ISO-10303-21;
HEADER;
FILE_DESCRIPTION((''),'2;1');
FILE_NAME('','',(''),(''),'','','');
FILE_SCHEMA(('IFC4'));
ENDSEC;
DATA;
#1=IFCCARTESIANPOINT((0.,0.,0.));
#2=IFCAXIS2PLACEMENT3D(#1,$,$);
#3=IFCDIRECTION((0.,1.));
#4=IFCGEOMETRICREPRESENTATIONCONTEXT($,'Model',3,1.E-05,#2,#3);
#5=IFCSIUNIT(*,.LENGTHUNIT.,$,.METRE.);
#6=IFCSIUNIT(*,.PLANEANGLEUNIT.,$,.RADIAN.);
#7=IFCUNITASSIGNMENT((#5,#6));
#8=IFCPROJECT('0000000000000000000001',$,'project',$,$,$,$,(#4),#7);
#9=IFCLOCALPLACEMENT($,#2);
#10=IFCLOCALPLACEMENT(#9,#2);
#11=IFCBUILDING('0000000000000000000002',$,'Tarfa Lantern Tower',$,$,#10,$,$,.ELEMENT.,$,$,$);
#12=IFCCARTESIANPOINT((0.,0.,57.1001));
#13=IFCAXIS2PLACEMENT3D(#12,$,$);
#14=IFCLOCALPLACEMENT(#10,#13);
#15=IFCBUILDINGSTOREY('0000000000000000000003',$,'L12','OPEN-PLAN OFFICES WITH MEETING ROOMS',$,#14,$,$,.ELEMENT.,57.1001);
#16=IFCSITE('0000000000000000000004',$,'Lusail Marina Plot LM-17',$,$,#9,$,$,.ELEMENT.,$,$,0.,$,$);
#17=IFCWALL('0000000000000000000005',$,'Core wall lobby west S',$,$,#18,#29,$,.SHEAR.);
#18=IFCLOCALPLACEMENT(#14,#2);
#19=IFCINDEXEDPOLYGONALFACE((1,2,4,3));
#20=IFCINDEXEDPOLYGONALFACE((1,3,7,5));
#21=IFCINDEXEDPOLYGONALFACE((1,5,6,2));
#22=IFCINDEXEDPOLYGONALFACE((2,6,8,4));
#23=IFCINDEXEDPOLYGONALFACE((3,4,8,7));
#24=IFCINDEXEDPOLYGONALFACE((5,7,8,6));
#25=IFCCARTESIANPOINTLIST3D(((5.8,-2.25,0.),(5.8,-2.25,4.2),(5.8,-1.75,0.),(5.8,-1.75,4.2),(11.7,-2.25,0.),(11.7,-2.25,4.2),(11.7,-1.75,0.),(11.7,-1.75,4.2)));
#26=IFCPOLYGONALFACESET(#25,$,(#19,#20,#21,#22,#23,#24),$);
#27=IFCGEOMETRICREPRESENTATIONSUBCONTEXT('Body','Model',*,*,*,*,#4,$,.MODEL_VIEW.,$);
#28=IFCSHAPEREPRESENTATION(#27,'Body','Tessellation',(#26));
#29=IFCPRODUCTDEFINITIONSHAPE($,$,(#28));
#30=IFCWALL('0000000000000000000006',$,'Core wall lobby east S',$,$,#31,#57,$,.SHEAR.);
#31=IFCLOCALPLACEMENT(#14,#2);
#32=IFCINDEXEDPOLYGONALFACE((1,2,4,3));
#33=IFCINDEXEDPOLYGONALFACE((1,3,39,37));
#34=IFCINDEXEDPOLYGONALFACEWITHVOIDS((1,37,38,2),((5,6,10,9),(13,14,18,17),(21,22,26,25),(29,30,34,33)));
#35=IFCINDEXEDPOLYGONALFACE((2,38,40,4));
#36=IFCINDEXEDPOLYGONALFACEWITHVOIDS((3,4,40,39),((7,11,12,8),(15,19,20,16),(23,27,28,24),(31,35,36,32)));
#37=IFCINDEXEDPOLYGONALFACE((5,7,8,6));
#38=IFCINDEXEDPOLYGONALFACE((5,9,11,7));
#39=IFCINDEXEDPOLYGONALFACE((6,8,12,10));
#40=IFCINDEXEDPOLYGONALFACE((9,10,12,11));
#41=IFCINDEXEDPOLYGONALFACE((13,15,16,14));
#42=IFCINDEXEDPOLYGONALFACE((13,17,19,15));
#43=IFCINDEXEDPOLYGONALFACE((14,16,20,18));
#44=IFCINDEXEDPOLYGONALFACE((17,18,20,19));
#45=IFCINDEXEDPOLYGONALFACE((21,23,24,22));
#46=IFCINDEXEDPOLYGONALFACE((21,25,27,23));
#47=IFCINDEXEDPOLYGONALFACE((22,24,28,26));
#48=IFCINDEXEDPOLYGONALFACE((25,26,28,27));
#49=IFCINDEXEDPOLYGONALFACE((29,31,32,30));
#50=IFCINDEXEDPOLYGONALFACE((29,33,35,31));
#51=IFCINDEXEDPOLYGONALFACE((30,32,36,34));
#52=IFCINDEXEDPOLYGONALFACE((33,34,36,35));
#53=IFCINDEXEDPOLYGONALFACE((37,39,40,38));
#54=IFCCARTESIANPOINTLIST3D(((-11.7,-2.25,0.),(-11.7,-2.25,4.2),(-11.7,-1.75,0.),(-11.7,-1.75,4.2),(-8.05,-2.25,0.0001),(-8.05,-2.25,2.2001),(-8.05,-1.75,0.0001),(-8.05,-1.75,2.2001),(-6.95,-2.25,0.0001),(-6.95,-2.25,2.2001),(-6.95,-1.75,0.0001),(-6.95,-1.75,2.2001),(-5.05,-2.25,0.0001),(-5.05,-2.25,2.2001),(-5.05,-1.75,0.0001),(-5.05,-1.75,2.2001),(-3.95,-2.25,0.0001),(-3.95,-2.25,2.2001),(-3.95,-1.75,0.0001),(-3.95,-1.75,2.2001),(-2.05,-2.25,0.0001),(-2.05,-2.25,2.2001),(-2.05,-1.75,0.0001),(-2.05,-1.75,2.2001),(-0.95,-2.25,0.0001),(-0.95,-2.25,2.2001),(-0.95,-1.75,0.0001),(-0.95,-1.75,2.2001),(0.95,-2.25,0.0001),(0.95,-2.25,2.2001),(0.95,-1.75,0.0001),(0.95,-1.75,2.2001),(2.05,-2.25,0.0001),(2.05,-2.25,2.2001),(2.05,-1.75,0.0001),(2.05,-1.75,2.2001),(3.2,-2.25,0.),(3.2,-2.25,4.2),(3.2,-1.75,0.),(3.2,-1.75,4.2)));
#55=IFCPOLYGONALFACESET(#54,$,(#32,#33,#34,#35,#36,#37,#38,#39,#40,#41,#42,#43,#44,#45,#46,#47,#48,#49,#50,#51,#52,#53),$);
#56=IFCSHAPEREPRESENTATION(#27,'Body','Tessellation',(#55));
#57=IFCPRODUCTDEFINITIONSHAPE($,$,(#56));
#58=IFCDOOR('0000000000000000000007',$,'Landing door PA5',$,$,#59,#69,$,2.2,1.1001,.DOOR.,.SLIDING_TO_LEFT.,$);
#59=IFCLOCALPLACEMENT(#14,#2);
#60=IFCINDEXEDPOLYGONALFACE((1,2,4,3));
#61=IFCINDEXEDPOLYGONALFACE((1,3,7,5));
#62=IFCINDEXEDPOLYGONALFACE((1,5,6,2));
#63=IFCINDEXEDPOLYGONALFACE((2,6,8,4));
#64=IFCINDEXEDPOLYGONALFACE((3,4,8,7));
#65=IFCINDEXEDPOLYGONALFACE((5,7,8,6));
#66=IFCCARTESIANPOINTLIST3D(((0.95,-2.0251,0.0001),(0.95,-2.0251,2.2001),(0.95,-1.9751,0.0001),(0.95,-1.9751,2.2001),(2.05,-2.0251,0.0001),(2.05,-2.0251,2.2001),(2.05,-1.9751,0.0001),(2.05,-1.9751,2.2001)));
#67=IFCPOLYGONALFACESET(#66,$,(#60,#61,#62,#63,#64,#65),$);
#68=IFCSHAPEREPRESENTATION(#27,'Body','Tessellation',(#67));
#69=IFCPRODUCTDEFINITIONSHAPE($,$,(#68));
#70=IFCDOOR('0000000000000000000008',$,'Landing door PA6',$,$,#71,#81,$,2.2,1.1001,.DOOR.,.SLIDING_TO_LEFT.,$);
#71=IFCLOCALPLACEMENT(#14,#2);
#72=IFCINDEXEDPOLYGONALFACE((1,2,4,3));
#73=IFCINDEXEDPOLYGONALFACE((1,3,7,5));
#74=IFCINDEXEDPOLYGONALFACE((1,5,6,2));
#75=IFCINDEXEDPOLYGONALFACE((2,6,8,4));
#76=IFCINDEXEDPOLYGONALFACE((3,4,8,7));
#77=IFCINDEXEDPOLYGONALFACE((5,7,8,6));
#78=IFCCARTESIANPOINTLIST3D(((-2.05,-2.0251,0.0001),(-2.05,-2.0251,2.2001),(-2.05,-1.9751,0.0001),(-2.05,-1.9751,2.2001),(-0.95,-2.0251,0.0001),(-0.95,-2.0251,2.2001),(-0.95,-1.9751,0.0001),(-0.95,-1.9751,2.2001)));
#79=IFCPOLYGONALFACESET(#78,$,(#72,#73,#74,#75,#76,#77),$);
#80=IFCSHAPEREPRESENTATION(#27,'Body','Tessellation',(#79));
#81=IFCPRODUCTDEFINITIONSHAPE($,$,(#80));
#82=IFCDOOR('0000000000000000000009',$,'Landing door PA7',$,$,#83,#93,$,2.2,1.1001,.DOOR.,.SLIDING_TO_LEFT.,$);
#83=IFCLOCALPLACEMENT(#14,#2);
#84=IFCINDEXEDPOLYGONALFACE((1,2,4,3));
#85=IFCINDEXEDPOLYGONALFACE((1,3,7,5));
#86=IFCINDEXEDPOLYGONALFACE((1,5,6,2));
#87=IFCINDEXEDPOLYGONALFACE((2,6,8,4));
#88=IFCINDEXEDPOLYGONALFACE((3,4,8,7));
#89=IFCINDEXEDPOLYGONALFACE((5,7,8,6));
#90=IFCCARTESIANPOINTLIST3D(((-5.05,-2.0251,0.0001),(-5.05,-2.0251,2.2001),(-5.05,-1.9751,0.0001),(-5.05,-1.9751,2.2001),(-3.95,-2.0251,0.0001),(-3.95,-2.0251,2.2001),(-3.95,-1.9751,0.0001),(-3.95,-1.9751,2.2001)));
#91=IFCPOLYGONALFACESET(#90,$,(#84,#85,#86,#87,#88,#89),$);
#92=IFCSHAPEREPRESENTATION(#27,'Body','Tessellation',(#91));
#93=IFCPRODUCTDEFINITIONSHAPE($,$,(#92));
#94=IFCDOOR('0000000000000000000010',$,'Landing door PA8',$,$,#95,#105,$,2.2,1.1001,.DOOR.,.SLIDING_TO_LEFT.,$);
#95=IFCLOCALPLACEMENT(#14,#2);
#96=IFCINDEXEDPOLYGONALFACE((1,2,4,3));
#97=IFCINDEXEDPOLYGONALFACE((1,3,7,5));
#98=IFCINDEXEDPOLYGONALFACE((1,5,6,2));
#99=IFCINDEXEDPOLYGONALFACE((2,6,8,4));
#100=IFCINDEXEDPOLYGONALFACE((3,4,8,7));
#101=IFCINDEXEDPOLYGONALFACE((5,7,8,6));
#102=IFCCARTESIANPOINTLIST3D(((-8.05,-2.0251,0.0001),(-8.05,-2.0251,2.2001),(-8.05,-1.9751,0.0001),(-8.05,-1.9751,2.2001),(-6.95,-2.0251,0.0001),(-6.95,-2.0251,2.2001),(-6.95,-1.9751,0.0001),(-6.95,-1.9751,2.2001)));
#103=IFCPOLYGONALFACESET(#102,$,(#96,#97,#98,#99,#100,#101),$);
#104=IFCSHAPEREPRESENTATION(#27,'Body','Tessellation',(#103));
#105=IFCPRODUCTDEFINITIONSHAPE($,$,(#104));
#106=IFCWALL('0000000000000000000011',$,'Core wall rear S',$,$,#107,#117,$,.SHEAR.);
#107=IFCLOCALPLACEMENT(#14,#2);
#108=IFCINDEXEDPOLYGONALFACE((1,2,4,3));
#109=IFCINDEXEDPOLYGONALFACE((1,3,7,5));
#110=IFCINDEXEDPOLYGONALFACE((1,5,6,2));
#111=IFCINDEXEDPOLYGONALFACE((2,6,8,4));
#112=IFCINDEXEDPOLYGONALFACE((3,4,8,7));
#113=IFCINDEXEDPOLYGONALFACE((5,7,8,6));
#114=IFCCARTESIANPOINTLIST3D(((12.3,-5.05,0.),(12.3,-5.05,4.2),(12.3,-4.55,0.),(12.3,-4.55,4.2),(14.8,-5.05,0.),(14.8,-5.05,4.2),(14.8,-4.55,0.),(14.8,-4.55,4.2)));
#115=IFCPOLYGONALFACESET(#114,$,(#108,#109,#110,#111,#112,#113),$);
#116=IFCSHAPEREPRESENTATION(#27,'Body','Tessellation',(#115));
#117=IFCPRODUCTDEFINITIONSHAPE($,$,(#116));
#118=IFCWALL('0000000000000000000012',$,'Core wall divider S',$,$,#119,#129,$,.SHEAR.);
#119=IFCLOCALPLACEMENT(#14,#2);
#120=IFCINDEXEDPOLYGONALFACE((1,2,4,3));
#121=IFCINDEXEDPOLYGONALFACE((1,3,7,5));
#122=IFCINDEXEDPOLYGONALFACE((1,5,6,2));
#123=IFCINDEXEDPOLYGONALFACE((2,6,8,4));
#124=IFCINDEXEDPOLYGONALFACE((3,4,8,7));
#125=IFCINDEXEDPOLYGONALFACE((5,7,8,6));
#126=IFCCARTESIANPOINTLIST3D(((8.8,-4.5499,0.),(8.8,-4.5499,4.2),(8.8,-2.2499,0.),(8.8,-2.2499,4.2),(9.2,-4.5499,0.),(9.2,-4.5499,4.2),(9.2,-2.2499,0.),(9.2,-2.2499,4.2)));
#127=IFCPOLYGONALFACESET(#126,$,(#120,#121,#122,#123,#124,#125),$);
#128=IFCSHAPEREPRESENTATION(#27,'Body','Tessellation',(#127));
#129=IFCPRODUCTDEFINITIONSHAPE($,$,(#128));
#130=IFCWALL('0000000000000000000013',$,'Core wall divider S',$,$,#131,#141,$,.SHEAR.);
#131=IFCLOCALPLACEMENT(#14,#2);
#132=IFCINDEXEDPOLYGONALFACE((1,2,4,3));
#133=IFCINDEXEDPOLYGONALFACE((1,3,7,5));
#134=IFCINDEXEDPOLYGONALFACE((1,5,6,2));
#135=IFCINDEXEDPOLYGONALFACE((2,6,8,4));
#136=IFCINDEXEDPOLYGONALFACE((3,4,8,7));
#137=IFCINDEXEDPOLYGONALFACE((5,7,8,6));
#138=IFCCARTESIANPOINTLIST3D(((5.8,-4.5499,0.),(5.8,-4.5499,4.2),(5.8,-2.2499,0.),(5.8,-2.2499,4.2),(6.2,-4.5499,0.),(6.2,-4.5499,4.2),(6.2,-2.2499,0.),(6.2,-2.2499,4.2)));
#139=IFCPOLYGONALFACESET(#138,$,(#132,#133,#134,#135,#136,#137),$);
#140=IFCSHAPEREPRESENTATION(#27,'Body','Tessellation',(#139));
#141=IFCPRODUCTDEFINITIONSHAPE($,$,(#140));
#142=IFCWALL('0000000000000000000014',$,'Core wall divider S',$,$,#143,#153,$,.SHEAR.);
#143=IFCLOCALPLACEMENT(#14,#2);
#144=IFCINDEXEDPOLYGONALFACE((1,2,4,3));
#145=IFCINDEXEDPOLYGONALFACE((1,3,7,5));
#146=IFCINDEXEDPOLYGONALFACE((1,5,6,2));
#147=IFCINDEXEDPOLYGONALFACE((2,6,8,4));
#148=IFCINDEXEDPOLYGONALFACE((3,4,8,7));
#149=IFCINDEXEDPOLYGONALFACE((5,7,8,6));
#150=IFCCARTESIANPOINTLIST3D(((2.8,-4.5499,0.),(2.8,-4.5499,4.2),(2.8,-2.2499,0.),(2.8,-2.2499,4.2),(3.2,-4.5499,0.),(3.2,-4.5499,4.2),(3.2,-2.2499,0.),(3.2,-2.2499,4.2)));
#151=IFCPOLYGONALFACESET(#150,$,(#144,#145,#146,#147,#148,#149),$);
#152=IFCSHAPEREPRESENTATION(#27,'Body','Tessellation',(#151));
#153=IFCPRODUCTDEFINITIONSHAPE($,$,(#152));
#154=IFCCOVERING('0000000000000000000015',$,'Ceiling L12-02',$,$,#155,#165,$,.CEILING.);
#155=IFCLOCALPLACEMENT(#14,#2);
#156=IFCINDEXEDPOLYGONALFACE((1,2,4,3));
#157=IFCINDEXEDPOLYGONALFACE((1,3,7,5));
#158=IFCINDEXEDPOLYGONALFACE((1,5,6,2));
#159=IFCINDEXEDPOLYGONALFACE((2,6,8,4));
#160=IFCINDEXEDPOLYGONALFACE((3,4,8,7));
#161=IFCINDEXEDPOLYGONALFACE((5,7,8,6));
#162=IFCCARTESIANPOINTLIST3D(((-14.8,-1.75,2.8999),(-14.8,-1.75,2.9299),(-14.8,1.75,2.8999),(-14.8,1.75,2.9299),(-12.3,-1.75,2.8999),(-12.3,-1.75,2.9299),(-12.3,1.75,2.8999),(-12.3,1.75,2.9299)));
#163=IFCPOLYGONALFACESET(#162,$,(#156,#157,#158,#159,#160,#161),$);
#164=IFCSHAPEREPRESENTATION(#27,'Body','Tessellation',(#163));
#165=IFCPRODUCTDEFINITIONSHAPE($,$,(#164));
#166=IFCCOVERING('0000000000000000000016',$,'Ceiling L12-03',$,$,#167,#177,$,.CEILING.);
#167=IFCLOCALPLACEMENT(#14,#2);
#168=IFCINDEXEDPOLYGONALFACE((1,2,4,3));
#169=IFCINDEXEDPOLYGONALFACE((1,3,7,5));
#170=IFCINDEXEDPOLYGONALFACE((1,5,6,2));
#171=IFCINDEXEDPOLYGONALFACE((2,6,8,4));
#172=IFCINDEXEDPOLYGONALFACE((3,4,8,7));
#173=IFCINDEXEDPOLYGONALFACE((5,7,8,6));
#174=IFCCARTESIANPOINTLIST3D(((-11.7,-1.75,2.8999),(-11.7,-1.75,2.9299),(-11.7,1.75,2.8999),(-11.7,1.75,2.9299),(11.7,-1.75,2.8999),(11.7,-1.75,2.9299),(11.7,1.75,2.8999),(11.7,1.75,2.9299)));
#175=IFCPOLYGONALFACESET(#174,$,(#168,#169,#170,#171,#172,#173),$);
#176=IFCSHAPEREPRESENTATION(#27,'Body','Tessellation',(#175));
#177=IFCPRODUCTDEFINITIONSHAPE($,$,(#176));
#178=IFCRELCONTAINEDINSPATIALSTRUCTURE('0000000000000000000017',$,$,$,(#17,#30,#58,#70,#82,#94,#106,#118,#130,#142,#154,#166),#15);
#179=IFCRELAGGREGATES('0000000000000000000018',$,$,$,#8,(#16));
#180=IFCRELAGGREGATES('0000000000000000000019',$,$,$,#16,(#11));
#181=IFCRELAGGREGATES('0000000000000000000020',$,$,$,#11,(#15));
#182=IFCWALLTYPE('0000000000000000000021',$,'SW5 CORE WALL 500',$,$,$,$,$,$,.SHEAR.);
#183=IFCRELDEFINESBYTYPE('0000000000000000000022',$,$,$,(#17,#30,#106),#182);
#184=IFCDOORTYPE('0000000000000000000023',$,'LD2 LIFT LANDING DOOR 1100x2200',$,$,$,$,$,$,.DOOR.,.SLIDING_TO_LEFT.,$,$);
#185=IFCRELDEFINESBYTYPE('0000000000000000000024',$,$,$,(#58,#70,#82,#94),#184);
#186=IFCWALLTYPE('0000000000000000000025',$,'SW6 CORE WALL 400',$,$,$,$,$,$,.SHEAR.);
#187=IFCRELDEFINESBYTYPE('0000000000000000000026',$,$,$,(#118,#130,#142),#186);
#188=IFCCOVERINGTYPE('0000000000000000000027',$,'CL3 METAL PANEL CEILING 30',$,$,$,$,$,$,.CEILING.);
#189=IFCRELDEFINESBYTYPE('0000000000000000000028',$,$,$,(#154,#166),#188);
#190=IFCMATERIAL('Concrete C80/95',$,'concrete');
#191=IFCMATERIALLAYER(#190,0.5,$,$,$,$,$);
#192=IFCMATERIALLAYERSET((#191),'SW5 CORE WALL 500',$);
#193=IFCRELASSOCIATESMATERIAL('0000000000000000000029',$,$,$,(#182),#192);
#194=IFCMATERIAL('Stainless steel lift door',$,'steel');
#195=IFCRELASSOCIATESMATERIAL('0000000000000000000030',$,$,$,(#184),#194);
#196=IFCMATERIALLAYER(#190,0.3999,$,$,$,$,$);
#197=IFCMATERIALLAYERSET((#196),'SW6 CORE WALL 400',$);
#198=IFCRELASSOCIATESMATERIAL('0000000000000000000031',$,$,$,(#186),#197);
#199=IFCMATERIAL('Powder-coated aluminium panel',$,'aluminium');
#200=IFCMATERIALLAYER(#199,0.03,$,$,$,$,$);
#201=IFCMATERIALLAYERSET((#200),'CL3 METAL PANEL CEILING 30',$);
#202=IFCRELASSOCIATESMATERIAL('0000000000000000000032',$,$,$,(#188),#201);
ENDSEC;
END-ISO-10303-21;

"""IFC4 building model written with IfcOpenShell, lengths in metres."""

from ifc_helpers import new_model, si_unit, direction, frame, frame_2d, origin, place, context, subcontext, project, spatial, polyline, rectangle, outline, extrude, material, layer, layer_set, type_object, element, fill, save


model = new_model("IFC4")

# Units and contexts
model_context = context("Model", 3, precision=1e-05, world=origin(), true_north=direction((0.0, 1.0)))
body_context = subcontext(model_context, "Body", "Model", "MODEL_VIEW")
ifc_project = project(units=[si_unit("LENGTHUNIT", "METRE"), si_unit("PLANEANGLEUNIT", "RADIAN")], contexts=[model_context])

# Site, building, storey
site_placement = place(None, origin())
site = spatial("IfcSite", under=ifc_project, at=site_placement, Name="Lusail Marina Plot LM-17", CompositionType="ELEMENT", RefElevation=0.0)
building_placement = place(site_placement, origin())
building = spatial("IfcBuilding", under=site, at=building_placement, Name="Tarfa Lantern Tower", CompositionType="ELEMENT")
storey_placement = place(building_placement, frame((0.0, 0.0, 57.1001)))
storey = spatial("IfcBuildingStorey", under=building, at=storey_placement, Name="L12", Description="OPEN-PLAN OFFICES WITH MEETING ROOMS", CompositionType="ELEMENT", Elevation=57.1001)

# Wall
ifc_material_1 = material(Name="Concrete C80/95", Category="concrete")
ifc_layer_1 = layer(ifc_material_1, 0.5)
ifc_layer_set_1 = layer_set([ifc_layer_1], Name="SW5 CORE WALL 500")
wall_type_1 = type_object("IfcWallType", Name="SW5 CORE WALL 500", PredefinedType="SHEAR", material=ifc_layer_set_1)
wall_1_placement = place(storey_placement, frame((11.7, -2.0, 0.0), z_axis=(0.0, 0.0, 1.0), x_axis=(-1.0, 0.0, 0.0)))
element("IfcWall", 1, at=wall_1_placement, inside=storey, type_object=wall_type_1, Name="Core wall lobby west S", PredefinedType="SHEAR", context=body_context, shape_type="SweptSolid", body=[
    extrude(rectangle(XDim=5.8999, YDim=0.5, at=frame_2d((2.95, 0.0))), origin(), (0.0, 0.0, 1.0), 4.2),
])

# Wall, openings, doors
wall_2_placement = place(storey_placement, frame((3.2, -2.0, 0.0), z_axis=(0.0, 0.0, 1.0), x_axis=(-1.0, 0.0, 0.0)))
wall_2 = element("IfcWall", 2, at=wall_2_placement, inside=storey, type_object=wall_type_1, Name="Core wall lobby east S", PredefinedType="SHEAR", context=body_context, shape_type="SweptSolid", body=[
    extrude(rectangle(XDim=14.8999, YDim=0.5, at=frame_2d((7.45, 0.0))), origin(), (0.0, 0.0, 1.0), 4.2),
])
opening_1_placement = place(wall_2_placement, frame((1.1499, 0.0, 0.0)))
opening_1 = element("IfcOpeningElement", 3, at=opening_1_placement, cuts=wall_2, PredefinedType="OPENING", context=body_context, shape_type="SweptSolid", body=[
    extrude(rectangle(XDim=1.1001, YDim=2.2, at=frame_2d((0.55, 1.1001))), frame((0.0, 0.26, 0.0), z_axis=(0.0, -1.0, 0.0), x_axis=(1.0, 0.0, 0.0)), (0.0, 0.0, 1.0), 0.52),
])
opening_2_placement = place(wall_2_placement, frame((4.1499, 0.0, 0.0)))
opening_2 = element("IfcOpeningElement", 4, at=opening_2_placement, cuts=wall_2, PredefinedType="OPENING", context=body_context, shape_type="SweptSolid", body=[
    extrude(rectangle(XDim=1.1001, YDim=2.2, at=frame_2d((0.55, 1.1001))), frame((0.0, 0.26, 0.0), z_axis=(0.0, -1.0, 0.0), x_axis=(1.0, 0.0, 0.0)), (0.0, 0.0, 1.0), 0.52),
])
opening_3_placement = place(wall_2_placement, frame((7.1499, 0.0, 0.0)))
opening_3 = element("IfcOpeningElement", 5, at=opening_3_placement, cuts=wall_2, PredefinedType="OPENING", context=body_context, shape_type="SweptSolid", body=[
    extrude(rectangle(XDim=1.1001, YDim=2.2, at=frame_2d((0.55, 1.1001))), frame((0.0, 0.26, 0.0), z_axis=(0.0, -1.0, 0.0), x_axis=(1.0, 0.0, 0.0)), (0.0, 0.0, 1.0), 0.52),
])
opening_4_placement = place(wall_2_placement, frame((10.1499, 0.0, 0.0)))
opening_4 = element("IfcOpeningElement", 6, at=opening_4_placement, cuts=wall_2, PredefinedType="OPENING", context=body_context, shape_type="SweptSolid", body=[
    extrude(rectangle(XDim=1.1001, YDim=2.2, at=frame_2d((0.55, 1.1001))), frame((0.0, 0.26, 0.0), z_axis=(0.0, -1.0, 0.0), x_axis=(1.0, 0.0, 0.0)), (0.0, 0.0, 1.0), 0.52),
])
ifc_material_2 = material(Name="Stainless steel lift door", Category="steel")
door_type = type_object("IfcDoorType", Name="LD2 LIFT LANDING DOOR 1100x2200", OperationType="SLIDING_TO_LEFT", PredefinedType="DOOR", material=ifc_material_2)
door_1_placement = place(opening_1_placement, frame((1.1001, 0.0, 0.0), z_axis=(0.0, 0.0, 1.0), x_axis=(-1.0, 0.0, 0.0)))
door_1 = element("IfcDoor", 7, at=door_1_placement, inside=storey, type_object=door_type, Name="Landing door PA5", OperationType="SLIDING_TO_LEFT", OverallHeight=2.2, OverallWidth=1.1001, PredefinedType="DOOR", context=body_context, shape_type="SweptSolid", body=[
    extrude(rectangle(XDim=1.1001, YDim=2.2, at=frame_2d((0.55, 1.1001))), frame((0.0, 0.0249, 0.0), z_axis=(0.0, -1.0, 0.0), x_axis=(1.0, 0.0, 0.0)), (0.0, 0.0, 1.0), 0.05),
])
fill(opening_1, door_1)
door_2_placement = place(opening_2_placement, frame((1.1001, 0.0, 0.0), z_axis=(0.0, 0.0, 1.0), x_axis=(-1.0, 0.0, 0.0)))
door_2 = element("IfcDoor", 8, at=door_2_placement, inside=storey, type_object=door_type, Name="Landing door PA6", OperationType="SLIDING_TO_LEFT", OverallHeight=2.2, OverallWidth=1.1001, PredefinedType="DOOR", context=body_context, shape_type="SweptSolid", body=[
    extrude(rectangle(XDim=1.1001, YDim=2.2, at=frame_2d((0.55, 1.1001))), frame((0.0, 0.0249, 0.0), z_axis=(0.0, -1.0, 0.0), x_axis=(1.0, 0.0, 0.0)), (0.0, 0.0, 1.0), 0.05),
])
fill(opening_2, door_2)
door_3_placement = place(opening_3_placement, frame((1.1001, 0.0, 0.0), z_axis=(0.0, 0.0, 1.0), x_axis=(-1.0, 0.0, 0.0)))
door_3 = element("IfcDoor", 9, at=door_3_placement, inside=storey, type_object=door_type, Name="Landing door PA7", OperationType="SLIDING_TO_LEFT", OverallHeight=2.2, OverallWidth=1.1001, PredefinedType="DOOR", context=body_context, shape_type="SweptSolid", body=[
    extrude(rectangle(XDim=1.1001, YDim=2.2, at=frame_2d((0.55, 1.1001))), frame((0.0, 0.0249, 0.0), z_axis=(0.0, -1.0, 0.0), x_axis=(1.0, 0.0, 0.0)), (0.0, 0.0, 1.0), 0.05),
])
fill(opening_3, door_3)
door_4_placement = place(opening_4_placement, frame((1.1001, 0.0, 0.0), z_axis=(0.0, 0.0, 1.0), x_axis=(-1.0, 0.0, 0.0)))
door_4 = element("IfcDoor", 10, at=door_4_placement, inside=storey, type_object=door_type, Name="Landing door PA8", OperationType="SLIDING_TO_LEFT", OverallHeight=2.2, OverallWidth=1.1001, PredefinedType="DOOR", context=body_context, shape_type="SweptSolid", body=[
    extrude(rectangle(XDim=1.1001, YDim=2.2, at=frame_2d((0.55, 1.1001))), frame((0.0, 0.0249, 0.0), z_axis=(0.0, -1.0, 0.0), x_axis=(1.0, 0.0, 0.0)), (0.0, 0.0, 1.0), 0.05),
])
fill(opening_4, door_4)

# Walls
wall_3_placement = place(storey_placement, frame((14.8, -4.8, 0.0), z_axis=(0.0, 0.0, 1.0), x_axis=(-1.0, 0.0, 0.0)))
element("IfcWall", 11, at=wall_3_placement, inside=storey, type_object=wall_type_1, Name="Core wall rear S", PredefinedType="SHEAR", context=body_context, shape_type="SweptSolid", body=[
    extrude(rectangle(XDim=2.5, YDim=0.5, at=frame_2d((1.25, 0.0))), origin(), (0.0, 0.0, 1.0), 4.2),
])
ifc_layer_2 = layer(ifc_material_1, 0.3999)
ifc_layer_set_2 = layer_set([ifc_layer_2], Name="SW6 CORE WALL 400")
wall_type_2 = type_object("IfcWallType", Name="SW6 CORE WALL 400", PredefinedType="SHEAR", material=ifc_layer_set_2)
for number, where, z_axis, x_axis, name in (
    (12, (9.0, -2.25, 0.0), (0.0, 0.0, 1.0), (0.0, -1.0, 0.0), "Core wall divider S"),
    (13, (6.0, -2.25, 0.0), (0.0, 0.0, 1.0), (0.0, -1.0, 0.0), "Core wall divider S"),
    (14, (3.0, -2.25, 0.0), (0.0, 0.0, 1.0), (0.0, -1.0, 0.0), "Core wall divider S"),
):
    element("IfcWall", number, at=place(storey_placement, frame(where, z_axis=z_axis, x_axis=x_axis)), inside=storey, type_object=wall_type_2, Name=name, PredefinedType="SHEAR", context=body_context, shape_type="SweptSolid", body=[
        extrude(rectangle(XDim=2.3, YDim=0.3999, at=frame_2d((1.1499, 0.0))), origin(), (0.0, 0.0, 1.0), 4.2),
    ])

# Coverings
ifc_material_3 = material(Name="Powder-coated aluminium panel", Category="aluminium")
ifc_layer_3 = layer(ifc_material_3, 0.03)
ifc_layer_set_3 = layer_set([ifc_layer_3], Name="CL3 METAL PANEL CEILING 30")
covering_type_1 = type_object("IfcCoveringType", Name="CL3 METAL PANEL CEILING 30", PredefinedType="CEILING", material=ifc_layer_set_3)
covering_1_placement = place(storey_placement, frame((0.0, 0.0, 2.8999)))
element("IfcCovering", 15, at=covering_1_placement, inside=storey, type_object=covering_type_1, Name="Ceiling L12-02", PredefinedType="CEILING", context=body_context, shape_type="SweptSolid", body=[
    extrude(outline(polyline([(-14.8, -1.75), (-12.3, -1.75), (-12.3, 1.75), (-14.8, 1.75), (-14.8, -1.75)])), origin(), (0.0, 0.0, 1.0), 0.03),
])
covering_2_placement = place(storey_placement, frame((0.0, 0.0, 2.8999)))
element("IfcCovering", 16, at=covering_2_placement, inside=storey, type_object=covering_type_1, Name="Ceiling L12-03", PredefinedType="CEILING", context=body_context, shape_type="SweptSolid", body=[
    extrude(outline(polyline([(-11.7, -1.75), (11.7, -1.75), (11.7, 1.75), (-11.7, 1.75), (-11.7, -1.75)])), origin(), (0.0, 0.0, 1.0), 0.03),
])

save(model, "model.ifc")
